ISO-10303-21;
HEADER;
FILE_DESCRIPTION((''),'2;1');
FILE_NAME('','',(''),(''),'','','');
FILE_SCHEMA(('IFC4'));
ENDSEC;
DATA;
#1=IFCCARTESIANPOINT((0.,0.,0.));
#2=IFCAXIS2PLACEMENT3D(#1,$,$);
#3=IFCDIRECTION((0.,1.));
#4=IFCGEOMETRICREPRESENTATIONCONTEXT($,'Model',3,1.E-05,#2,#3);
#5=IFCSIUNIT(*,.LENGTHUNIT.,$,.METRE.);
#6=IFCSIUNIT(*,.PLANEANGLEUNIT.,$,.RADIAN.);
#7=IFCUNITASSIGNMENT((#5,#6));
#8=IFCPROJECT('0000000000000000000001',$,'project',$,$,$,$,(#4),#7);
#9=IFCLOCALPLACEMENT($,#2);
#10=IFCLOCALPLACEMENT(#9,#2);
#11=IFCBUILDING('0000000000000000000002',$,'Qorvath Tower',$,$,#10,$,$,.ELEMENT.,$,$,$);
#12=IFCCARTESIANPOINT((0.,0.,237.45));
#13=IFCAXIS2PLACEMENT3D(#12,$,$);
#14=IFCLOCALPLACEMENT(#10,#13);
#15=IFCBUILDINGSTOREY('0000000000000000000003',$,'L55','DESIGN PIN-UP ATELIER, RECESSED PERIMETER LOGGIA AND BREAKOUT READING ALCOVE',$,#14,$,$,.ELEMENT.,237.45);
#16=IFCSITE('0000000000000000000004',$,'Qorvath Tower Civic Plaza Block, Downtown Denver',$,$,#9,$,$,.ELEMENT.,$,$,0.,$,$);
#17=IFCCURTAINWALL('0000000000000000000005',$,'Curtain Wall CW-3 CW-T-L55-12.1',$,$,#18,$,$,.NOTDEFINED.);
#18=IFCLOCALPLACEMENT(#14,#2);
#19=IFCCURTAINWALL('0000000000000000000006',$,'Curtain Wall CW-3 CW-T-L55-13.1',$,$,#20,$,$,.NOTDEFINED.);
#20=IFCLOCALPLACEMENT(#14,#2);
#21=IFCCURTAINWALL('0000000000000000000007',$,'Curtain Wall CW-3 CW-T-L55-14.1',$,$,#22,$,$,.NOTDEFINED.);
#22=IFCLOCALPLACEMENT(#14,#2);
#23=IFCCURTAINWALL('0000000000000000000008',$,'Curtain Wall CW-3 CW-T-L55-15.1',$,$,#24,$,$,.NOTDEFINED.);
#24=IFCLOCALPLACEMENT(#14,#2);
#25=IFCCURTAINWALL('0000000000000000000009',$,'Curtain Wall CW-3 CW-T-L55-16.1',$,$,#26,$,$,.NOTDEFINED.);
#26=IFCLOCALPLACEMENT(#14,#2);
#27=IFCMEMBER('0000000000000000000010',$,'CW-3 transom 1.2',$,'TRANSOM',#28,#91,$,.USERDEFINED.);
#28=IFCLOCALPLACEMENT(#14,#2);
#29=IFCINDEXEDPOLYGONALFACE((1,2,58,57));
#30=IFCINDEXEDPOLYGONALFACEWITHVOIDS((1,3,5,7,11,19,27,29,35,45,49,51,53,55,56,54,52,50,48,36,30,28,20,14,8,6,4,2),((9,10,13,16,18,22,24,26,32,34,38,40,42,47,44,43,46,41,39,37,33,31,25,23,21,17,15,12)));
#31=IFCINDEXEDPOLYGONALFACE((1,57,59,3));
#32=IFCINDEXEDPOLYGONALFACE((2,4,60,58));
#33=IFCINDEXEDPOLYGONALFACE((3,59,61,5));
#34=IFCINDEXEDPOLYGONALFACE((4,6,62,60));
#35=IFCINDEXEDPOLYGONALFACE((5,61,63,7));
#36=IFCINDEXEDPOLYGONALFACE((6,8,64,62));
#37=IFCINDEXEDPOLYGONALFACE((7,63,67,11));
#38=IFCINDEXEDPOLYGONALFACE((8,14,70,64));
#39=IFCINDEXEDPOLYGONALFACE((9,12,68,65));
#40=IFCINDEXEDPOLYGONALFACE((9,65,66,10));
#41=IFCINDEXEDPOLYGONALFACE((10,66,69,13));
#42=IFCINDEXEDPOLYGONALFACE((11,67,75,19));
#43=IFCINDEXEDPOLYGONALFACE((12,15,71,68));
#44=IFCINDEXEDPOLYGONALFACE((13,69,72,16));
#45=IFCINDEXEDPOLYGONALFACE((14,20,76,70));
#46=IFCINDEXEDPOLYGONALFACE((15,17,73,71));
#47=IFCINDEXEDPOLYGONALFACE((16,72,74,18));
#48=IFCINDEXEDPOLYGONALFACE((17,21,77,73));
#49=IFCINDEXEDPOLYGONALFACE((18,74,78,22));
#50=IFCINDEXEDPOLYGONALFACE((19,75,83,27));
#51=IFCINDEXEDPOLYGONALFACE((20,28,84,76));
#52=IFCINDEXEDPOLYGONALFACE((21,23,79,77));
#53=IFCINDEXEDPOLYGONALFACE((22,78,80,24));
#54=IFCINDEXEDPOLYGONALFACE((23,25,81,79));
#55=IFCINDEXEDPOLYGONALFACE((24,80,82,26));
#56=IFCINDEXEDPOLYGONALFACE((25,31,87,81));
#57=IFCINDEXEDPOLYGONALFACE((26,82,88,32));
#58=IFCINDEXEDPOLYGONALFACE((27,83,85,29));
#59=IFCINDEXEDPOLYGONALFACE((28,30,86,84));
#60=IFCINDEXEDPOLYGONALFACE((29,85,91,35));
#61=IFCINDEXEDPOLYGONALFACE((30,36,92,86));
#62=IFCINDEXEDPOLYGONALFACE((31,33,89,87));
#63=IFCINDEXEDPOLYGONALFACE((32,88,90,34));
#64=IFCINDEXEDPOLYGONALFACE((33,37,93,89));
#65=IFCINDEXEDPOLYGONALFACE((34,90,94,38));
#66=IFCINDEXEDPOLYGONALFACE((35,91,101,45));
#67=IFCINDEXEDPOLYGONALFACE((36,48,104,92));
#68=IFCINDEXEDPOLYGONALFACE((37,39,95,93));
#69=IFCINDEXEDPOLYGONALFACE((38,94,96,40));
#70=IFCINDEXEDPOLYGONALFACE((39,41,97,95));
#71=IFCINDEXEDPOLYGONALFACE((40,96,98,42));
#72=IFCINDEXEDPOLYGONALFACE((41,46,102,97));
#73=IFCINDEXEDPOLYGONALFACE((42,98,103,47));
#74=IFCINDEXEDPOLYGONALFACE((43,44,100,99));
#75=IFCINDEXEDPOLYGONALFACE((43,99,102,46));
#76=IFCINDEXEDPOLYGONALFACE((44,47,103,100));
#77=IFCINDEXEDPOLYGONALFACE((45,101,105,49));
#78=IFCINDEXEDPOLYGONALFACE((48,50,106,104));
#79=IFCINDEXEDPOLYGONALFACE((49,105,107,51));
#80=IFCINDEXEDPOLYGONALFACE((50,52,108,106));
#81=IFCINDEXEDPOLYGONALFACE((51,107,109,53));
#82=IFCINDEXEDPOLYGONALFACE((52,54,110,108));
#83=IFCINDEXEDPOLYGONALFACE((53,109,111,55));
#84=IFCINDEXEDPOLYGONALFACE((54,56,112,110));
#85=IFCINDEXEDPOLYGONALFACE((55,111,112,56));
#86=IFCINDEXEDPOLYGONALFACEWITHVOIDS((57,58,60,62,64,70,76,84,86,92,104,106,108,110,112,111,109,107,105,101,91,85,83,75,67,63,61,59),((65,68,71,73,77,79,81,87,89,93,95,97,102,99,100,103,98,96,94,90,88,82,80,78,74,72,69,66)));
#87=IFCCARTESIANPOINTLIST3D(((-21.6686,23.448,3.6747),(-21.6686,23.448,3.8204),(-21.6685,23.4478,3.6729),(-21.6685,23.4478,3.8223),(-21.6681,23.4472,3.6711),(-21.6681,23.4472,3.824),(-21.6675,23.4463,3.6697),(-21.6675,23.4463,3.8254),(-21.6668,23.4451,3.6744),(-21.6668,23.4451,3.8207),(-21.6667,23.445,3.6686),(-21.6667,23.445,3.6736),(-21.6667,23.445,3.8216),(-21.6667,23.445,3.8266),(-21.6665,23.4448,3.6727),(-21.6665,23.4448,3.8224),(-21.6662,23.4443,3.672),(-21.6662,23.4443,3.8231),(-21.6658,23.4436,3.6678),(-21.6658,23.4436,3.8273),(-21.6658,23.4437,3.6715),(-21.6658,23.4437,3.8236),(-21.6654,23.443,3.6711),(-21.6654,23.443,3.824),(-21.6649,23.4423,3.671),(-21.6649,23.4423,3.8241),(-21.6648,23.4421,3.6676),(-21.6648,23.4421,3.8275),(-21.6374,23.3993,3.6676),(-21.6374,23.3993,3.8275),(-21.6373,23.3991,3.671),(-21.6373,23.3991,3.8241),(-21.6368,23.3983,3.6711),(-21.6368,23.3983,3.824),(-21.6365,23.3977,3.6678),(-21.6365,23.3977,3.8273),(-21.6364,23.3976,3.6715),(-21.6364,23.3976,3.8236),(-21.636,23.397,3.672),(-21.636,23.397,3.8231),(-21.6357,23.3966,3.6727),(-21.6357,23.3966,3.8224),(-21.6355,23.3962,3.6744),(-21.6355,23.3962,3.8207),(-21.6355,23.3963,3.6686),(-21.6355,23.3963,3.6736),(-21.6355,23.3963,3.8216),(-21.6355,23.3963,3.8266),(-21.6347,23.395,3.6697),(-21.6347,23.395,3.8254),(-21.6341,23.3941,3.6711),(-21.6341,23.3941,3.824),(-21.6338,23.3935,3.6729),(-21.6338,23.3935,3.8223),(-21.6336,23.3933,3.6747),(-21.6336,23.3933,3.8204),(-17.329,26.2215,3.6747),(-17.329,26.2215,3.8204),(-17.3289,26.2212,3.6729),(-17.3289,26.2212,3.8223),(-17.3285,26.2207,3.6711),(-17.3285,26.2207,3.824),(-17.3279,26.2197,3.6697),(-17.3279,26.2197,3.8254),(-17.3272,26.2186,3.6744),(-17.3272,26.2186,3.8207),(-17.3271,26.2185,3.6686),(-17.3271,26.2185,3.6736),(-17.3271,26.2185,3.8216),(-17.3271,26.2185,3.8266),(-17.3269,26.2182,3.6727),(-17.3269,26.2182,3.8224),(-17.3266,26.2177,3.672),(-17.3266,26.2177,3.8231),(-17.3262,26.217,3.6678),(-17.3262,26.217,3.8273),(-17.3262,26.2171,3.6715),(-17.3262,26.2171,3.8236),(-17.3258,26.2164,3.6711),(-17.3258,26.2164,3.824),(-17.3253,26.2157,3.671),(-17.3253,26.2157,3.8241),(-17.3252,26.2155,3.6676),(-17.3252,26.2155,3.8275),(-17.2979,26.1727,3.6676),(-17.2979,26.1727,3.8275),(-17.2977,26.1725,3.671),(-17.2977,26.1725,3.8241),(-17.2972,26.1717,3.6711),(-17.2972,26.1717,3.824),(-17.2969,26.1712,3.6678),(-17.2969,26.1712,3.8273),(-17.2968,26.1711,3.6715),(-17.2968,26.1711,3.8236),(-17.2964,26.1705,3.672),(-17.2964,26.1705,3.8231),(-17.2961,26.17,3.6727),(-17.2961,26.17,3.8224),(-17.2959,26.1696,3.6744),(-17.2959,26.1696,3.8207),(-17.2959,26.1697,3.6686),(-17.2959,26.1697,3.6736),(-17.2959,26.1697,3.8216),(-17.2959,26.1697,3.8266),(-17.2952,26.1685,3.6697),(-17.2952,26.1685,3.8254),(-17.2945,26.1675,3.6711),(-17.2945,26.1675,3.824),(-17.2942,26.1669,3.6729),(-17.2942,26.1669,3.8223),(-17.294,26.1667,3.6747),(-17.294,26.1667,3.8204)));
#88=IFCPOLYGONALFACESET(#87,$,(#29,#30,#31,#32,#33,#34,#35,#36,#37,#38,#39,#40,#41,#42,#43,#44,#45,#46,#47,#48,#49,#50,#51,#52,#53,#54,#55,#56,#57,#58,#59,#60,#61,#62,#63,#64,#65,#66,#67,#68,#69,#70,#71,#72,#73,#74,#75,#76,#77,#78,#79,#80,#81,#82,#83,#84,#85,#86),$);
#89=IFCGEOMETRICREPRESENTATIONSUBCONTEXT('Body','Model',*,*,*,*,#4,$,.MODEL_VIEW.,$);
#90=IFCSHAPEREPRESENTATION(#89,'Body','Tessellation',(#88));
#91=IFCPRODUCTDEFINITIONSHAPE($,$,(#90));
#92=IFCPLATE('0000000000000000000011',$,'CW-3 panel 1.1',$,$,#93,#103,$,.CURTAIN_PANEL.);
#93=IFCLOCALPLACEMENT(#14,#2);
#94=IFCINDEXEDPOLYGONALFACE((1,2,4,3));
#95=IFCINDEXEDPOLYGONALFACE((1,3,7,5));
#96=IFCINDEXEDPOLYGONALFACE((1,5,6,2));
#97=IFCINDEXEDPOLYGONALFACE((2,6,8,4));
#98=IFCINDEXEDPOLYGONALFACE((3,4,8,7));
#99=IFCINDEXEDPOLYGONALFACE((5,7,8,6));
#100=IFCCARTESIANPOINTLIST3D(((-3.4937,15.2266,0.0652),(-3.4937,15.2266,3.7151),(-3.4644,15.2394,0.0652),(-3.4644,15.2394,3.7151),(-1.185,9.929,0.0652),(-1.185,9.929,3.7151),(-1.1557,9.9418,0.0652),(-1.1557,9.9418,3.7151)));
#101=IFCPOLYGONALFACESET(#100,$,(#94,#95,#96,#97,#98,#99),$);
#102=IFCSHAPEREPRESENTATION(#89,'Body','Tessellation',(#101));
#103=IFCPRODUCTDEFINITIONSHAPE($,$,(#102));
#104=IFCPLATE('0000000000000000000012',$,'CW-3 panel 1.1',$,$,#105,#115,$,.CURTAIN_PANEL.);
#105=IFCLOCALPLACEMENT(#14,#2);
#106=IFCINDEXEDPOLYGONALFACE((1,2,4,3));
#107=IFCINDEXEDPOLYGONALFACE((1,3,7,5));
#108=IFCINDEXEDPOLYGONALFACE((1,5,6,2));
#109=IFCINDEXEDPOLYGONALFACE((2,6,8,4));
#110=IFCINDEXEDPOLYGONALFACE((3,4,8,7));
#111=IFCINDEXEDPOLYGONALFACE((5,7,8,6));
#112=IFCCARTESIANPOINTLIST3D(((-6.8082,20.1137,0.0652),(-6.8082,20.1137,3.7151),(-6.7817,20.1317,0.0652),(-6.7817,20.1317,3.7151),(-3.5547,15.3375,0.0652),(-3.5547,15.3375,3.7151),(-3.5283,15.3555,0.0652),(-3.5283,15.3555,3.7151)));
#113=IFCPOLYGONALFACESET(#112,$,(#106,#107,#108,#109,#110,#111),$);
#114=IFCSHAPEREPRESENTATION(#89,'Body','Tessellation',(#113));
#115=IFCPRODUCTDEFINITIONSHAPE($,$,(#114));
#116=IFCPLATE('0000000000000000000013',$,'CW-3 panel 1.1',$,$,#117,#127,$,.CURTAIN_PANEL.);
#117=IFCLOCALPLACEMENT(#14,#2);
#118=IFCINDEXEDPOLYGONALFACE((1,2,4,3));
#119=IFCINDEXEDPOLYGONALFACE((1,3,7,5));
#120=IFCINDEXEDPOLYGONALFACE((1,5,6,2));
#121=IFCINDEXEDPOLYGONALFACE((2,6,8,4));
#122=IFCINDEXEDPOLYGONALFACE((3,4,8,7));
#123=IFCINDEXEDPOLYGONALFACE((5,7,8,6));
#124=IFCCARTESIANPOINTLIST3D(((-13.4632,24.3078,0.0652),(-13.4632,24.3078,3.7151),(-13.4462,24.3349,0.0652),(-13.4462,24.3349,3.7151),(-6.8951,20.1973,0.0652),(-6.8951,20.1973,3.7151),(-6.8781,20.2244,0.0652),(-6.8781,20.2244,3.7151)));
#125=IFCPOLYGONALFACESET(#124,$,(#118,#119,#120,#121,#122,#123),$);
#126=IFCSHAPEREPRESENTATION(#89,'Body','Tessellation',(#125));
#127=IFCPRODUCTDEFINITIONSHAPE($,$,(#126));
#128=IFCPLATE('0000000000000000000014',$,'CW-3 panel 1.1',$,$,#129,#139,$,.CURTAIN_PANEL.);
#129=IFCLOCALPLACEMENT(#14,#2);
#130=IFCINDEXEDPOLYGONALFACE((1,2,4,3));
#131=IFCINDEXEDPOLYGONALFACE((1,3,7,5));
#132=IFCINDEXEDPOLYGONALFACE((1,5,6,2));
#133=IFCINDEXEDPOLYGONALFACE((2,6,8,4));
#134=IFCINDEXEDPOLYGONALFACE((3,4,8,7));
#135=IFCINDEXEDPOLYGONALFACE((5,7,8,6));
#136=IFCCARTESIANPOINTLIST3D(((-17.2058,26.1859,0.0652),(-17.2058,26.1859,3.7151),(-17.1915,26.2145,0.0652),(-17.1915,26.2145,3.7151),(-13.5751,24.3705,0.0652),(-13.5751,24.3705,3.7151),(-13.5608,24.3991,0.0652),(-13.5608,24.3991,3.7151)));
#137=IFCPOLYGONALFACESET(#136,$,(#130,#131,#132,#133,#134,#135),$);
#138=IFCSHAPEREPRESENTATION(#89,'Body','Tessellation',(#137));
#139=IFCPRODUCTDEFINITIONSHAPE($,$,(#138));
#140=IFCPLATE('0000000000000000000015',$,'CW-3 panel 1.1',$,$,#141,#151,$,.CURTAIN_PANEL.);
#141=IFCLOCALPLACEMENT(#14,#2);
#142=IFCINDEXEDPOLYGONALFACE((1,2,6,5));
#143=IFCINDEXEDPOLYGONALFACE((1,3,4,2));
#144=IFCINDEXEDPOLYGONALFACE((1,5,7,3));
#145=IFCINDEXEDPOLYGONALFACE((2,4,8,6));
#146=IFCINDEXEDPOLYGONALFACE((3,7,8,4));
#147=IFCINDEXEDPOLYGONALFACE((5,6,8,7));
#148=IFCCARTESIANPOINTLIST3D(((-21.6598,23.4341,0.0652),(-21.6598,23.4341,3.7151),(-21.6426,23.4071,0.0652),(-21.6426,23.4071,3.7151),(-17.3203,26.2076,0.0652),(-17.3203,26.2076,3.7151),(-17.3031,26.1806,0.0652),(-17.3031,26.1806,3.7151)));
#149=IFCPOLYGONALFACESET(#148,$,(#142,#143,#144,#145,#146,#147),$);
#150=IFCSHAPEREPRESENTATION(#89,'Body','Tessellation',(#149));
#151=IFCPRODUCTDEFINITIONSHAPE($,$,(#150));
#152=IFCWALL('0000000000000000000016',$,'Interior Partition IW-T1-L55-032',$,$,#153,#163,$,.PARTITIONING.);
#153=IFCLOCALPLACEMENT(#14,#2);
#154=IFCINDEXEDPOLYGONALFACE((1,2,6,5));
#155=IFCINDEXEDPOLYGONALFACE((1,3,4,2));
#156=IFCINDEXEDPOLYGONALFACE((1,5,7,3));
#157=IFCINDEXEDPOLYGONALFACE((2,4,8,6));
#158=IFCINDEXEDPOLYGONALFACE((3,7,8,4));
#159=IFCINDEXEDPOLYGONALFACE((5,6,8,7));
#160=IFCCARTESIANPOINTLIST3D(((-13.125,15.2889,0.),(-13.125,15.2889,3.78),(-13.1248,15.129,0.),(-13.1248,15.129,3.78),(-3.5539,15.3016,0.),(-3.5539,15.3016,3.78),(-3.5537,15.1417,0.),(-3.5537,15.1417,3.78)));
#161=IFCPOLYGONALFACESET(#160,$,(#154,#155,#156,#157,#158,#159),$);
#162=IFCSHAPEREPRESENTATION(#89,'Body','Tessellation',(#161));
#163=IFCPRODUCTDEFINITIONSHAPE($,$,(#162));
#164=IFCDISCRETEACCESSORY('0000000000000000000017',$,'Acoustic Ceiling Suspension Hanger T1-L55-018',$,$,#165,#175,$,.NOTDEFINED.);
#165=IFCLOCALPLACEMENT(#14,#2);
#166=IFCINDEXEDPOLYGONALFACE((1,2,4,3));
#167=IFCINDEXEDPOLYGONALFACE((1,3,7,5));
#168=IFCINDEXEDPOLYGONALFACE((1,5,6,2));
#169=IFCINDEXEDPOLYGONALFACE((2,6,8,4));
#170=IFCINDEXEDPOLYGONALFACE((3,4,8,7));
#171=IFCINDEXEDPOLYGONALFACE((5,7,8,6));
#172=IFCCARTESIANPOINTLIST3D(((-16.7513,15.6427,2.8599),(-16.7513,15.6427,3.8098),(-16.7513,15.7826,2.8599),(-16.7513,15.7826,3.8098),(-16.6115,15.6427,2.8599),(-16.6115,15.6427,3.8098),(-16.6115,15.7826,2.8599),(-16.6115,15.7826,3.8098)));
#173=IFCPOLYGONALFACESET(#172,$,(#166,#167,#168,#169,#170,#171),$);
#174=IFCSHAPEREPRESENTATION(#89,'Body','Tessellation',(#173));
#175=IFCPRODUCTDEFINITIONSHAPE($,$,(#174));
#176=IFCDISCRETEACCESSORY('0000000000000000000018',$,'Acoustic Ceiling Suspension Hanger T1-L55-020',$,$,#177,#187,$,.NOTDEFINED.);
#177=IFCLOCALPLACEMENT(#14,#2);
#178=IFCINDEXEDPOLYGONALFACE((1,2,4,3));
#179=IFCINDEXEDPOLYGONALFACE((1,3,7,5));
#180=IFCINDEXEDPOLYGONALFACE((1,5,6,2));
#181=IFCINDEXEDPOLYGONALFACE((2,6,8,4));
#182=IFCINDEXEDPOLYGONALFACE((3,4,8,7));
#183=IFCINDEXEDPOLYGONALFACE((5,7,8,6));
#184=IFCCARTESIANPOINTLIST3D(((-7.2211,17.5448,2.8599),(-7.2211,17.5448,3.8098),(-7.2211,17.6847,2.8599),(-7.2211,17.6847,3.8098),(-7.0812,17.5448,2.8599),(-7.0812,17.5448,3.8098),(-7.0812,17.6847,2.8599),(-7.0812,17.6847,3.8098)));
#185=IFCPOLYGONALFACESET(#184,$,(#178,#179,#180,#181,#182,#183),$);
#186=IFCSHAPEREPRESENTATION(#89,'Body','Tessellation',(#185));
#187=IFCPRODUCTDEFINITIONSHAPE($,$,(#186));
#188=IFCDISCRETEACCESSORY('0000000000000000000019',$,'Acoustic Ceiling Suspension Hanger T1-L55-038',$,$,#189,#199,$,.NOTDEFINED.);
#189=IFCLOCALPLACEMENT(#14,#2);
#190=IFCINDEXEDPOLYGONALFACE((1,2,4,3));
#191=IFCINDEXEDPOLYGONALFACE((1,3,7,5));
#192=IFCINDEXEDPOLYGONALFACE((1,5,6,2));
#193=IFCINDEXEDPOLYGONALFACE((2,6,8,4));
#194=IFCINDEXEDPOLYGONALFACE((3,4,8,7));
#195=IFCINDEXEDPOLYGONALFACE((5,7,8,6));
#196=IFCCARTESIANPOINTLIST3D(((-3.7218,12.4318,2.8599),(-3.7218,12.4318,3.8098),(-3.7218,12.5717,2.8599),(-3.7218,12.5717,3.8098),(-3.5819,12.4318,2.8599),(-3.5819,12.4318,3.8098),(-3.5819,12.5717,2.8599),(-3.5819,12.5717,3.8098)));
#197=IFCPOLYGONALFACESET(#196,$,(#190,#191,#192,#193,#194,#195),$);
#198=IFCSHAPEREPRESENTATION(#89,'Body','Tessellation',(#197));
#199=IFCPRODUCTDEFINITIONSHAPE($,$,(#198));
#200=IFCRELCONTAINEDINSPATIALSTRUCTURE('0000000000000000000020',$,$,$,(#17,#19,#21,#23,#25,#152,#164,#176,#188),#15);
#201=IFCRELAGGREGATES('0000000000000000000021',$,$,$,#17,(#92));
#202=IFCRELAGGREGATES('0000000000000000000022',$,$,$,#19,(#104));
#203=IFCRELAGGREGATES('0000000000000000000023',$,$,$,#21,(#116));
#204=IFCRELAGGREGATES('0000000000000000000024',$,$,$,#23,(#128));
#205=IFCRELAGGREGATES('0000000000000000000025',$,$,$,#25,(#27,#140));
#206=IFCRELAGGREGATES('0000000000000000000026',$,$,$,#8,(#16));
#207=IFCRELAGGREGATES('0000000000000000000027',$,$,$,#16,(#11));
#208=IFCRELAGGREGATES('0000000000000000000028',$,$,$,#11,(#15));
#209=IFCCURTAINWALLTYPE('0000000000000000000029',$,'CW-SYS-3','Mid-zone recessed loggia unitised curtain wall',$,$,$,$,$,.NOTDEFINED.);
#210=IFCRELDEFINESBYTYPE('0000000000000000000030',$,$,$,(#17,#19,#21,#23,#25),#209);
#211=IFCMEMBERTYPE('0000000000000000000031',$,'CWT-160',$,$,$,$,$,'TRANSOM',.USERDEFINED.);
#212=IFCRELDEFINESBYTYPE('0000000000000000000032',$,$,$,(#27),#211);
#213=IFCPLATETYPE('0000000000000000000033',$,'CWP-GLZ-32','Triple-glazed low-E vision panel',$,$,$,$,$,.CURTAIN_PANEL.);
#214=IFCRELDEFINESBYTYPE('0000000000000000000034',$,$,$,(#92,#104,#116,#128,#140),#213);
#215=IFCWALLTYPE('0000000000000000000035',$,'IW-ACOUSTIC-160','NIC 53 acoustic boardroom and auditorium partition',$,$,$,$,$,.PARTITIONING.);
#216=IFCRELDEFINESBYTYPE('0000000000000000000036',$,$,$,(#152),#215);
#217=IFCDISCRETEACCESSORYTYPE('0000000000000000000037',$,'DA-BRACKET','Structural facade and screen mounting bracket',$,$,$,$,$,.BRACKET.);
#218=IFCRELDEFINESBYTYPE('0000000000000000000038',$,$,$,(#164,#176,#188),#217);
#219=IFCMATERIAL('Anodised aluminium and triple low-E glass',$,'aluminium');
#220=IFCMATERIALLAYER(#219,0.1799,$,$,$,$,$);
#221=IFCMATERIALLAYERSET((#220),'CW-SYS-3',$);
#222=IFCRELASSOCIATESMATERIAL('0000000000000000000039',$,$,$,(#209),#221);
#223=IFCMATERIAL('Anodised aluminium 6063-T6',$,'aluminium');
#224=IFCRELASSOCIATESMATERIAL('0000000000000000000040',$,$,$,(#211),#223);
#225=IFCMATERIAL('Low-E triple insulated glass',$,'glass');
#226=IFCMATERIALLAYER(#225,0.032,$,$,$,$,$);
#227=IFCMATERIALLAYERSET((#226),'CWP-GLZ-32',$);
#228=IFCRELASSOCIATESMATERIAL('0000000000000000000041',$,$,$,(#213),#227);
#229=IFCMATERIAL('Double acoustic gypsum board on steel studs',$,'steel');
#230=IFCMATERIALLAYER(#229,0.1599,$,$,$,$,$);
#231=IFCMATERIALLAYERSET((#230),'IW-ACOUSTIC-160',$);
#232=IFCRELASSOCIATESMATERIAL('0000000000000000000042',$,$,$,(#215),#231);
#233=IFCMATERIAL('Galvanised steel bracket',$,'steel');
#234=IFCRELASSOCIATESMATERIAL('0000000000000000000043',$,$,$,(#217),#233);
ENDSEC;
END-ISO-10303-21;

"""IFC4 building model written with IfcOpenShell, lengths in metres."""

from ifc_helpers import new_model, si_unit, direction, frame, frame_2d, origin, origin_2d, place, context, subcontext, project, spatial, rectangle, hollow_rectangle, extrude, material, layer, layer_set, material_profile, profile_set, type_object, element, aggregate, save


model = new_model("IFC4")

# Units and contexts
model_context = context("Model", 3, precision=1e-05, world=origin(), true_north=direction((0.0, 1.0)))
body_context = subcontext(model_context, "Body", "Model", "MODEL_VIEW")
ifc_project = project(units=[si_unit("LENGTHUNIT", "METRE"), si_unit("PLANEANGLEUNIT", "RADIAN")], contexts=[model_context])

# Site, building, storey
site_placement = place(None, origin())
site = spatial("IfcSite", under=ifc_project, at=site_placement, Name="Qorvath Tower Civic Plaza Block, Downtown Denver", CompositionType="ELEMENT", RefElevation=0.0)
building_placement = place(site_placement, origin())
building = spatial("IfcBuilding", under=site, at=building_placement, Name="Qorvath Tower", CompositionType="ELEMENT")
storey_placement = place(building_placement, frame((0.0, 0.0, 237.45)))
storey = spatial("IfcBuildingStorey", under=building, at=storey_placement, Name="L55", Description="DESIGN PIN-UP ATELIER, RECESSED PERIMETER LOGGIA AND BREAKOUT READING ALCOVE", CompositionType="ELEMENT", Elevation=237.45)

# Curtain wall
ifc_material_1 = material(Name="Anodised aluminium and triple low-E glass", Category="aluminium")
ifc_layer_1 = layer(ifc_material_1, 0.1799)
ifc_layer_set_1 = layer_set([ifc_layer_1], Name="CW-SYS-3")
curtain_wall_type = type_object("IfcCurtainWallType", Name="CW-SYS-3", Description="Mid-zone recessed loggia unitised curtain wall", PredefinedType="NOTDEFINED", material=ifc_layer_set_1)
curtain_wall_1_placement = place(storey_placement, origin())
curtain_wall_1 = element("IfcCurtainWall", 1, at=curtain_wall_1_placement, inside=storey, type_object=curtain_wall_type, Name="Curtain Wall CW-3 CW-T-L55-12.1", PredefinedType="NOTDEFINED")

# Curtain walls
curtain_wall_2_placement = place(storey_placement, origin())
curtain_wall_2 = element("IfcCurtainWall", 2, at=curtain_wall_2_placement, inside=storey, type_object=curtain_wall_type, Name="Curtain Wall CW-3 CW-T-L55-13.1", PredefinedType="NOTDEFINED")
curtain_wall_3_placement = place(storey_placement, origin())
curtain_wall_3 = element("IfcCurtainWall", 3, at=curtain_wall_3_placement, inside=storey, type_object=curtain_wall_type, Name="Curtain Wall CW-3 CW-T-L55-14.1", PredefinedType="NOTDEFINED")
curtain_wall_4_placement = place(storey_placement, origin())
curtain_wall_4 = element("IfcCurtainWall", 4, at=curtain_wall_4_placement, inside=storey, type_object=curtain_wall_type, Name="Curtain Wall CW-3 CW-T-L55-15.1", PredefinedType="NOTDEFINED")

# Curtain wall
curtain_wall_5_placement = place(storey_placement, origin())
curtain_wall_5 = element("IfcCurtainWall", 5, at=curtain_wall_5_placement, inside=storey, type_object=curtain_wall_type, Name="Curtain Wall CW-3 CW-T-L55-16.1", PredefinedType="NOTDEFINED")

# Member
ifc_material_2 = material(Name="Anodised aluminium 6063-T6", Category="aluminium")
ifc_material_profile_1 = material_profile(ifc_material_2, hollow_rectangle(XDim=0.0649, YDim=0.1599, WallThickness=0.0034, InnerFilletRadius=0.0034, OuterFilletRadius=0.0071, at=origin_2d()), Name="CWT 160x65")
ifc_profile_set_1 = profile_set([ifc_material_profile_1], Name="Anodised aluminium 6063-T6")
member_type_1 = type_object("IfcMemberType", Name="CWT-160", ElementType="TRANSOM", PredefinedType="USERDEFINED", material=ifc_profile_set_1)
member_1_placement = place(storey_placement, frame((-17.3115, 26.1941, 3.7476), z_axis=(-0.842616, -0.538516, 0.0), x_axis=(0.538516, -0.842616, 0.0)))
member_1 = element("IfcMember", 6, at=member_1_placement, type_object=member_type_1, Name="CW-3 transom 1.2", ObjectType="TRANSOM", PredefinedType="USERDEFINED", context=body_context, shape_type="SweptSolid", body=[
    extrude(hollow_rectangle(XDim=0.0649, YDim=0.1599, WallThickness=0.0034, InnerFilletRadius=0.0034, OuterFilletRadius=0.0071, at=origin_2d()), origin(), (0.0, 0.0, 1.0), 5.1501),
])

# Plates
ifc_material_3 = material(Name="Low-E triple insulated glass", Category="glass")
ifc_layer_2 = layer(ifc_material_3, 0.032)
ifc_layer_set_2 = layer_set([ifc_layer_2], Name="CWP-GLZ-32")
plate_type = type_object("IfcPlateType", Name="CWP-GLZ-32", Description="Triple-glazed low-E vision panel", PredefinedType="CURTAIN_PANEL", material=ifc_layer_set_2)
plate_1_placement = place(storey_placement, frame((-2.3247, 12.5842, 0.0652), z_axis=(0.0, 0.0, 1.0), x_axis=(-0.399511, 0.916729, 0.0)))
plate_1 = element("IfcPlate", 7, at=plate_1_placement, type_object=plate_type, Name="CW-3 panel 1.1", PredefinedType="CURTAIN_PANEL", context=body_context, shape_type="SweptSolid", body=[
    extrude(rectangle(XDim=5.7788, YDim=0.032, at=origin_2d()), origin(), (0.0, 0.0, 1.0), 3.6499),
])
aggregate(curtain_wall_1, [plate_1])
plate_2_placement = place(storey_placement, frame((-5.1682, 17.7346, 0.0652), z_axis=(0.0, 0.0, 1.0), x_axis=(-0.562975, 0.826474, 0.0)))
plate_2 = element("IfcPlate", 8, at=plate_2_placement, type_object=plate_type, Name="CW-3 panel 1.1", PredefinedType="CURTAIN_PANEL", context=body_context, shape_type="SweptSolid", body=[
    extrude(rectangle(XDim=5.7791, YDim=0.032, at=origin_2d()), origin(), (0.0, 0.0, 1.0), 3.6499),
])
aggregate(curtain_wall_2, [plate_2])
plate_3_placement = place(storey_placement, frame((-10.1707, 22.2661, 0.0652), z_axis=(0.0, 0.0, 1.0), x_axis=(-0.847687, 0.530497, 0.0)))
plate_3 = element("IfcPlate", 9, at=plate_3_placement, type_object=plate_type, Name="CW-3 panel 1.1", PredefinedType="CURTAIN_PANEL", context=body_context, shape_type="SweptSolid", body=[
    extrude(rectangle(XDim=7.7483, YDim=0.032, at=origin_2d()), origin(), (0.0, 0.0, 1.0), 3.6499),
])
aggregate(curtain_wall_3, [plate_3])
plate_4_placement = place(storey_placement, frame((-15.3833, 25.2925, 0.0652), z_axis=(0.0, 0.0, 1.0), x_axis=(-0.894427, 0.447214, 0.0)))
plate_4 = element("IfcPlate", 10, at=plate_4_placement, type_object=plate_type, Name="CW-3 panel 1.1", PredefinedType="CURTAIN_PANEL", context=body_context, shape_type="SweptSolid", body=[
    extrude(rectangle(XDim=4.0593, YDim=0.032, at=origin_2d()), origin(), (0.0, 0.0, 1.0), 3.6499),
])
aggregate(curtain_wall_4, [plate_4])
plate_5_placement = place(storey_placement, frame((-19.4814, 24.8074, 0.0652), z_axis=(0.0, 0.0, 1.0), x_axis=(-0.842607, -0.538529, 0.0)))
plate_5 = element("IfcPlate", 11, at=plate_5_placement, type_object=plate_type, Name="CW-3 panel 1.1", PredefinedType="CURTAIN_PANEL", context=body_context, shape_type="SweptSolid", body=[
    extrude(rectangle(XDim=5.1501, YDim=0.032, at=origin_2d()), origin(), (0.0, 0.0, 1.0), 3.6499),
])
aggregate(curtain_wall_5, [member_1, plate_5])

# Wall
ifc_material_4 = material(Name="Double acoustic gypsum board on steel studs", Category="steel")
ifc_layer_3 = layer(ifc_material_4, 0.1599)
ifc_layer_set_3 = layer_set([ifc_layer_3], Name="IW-ACOUSTIC-160")
wall_type = type_object("IfcWallType", Name="IW-ACOUSTIC-160", Description="NIC 53 acoustic boardroom and auditorium partition", PredefinedType="PARTITIONING", material=ifc_layer_set_3)
wall_placement = place(storey_placement, frame((-13.125, 15.209, 0.0), z_axis=(0.0, 0.0, 1.0), x_axis=(0.999999, 0.001326, 0.0)))
element("IfcWall", 12, at=wall_placement, inside=storey, type_object=wall_type, Name="Interior Partition IW-T1-L55-032", PredefinedType="PARTITIONING", context=body_context, shape_type="SweptSolid", body=[
    extrude(rectangle(XDim=9.571, YDim=0.1599, at=frame_2d((4.7856, 0.0))), origin(), (0.0, 0.0, 1.0), 3.78),
])

# Discrete accessories
ifc_material_5 = material(Name="Galvanised steel bracket", Category="steel")
discrete_accessory_type = type_object("IfcDiscreteAccessoryType", Name="DA-BRACKET", Description="Structural facade and screen mounting bracket", PredefinedType="BRACKET", material=ifc_material_5)
for number, where, z_axis, x_axis, name in (
    (13, (-16.6814, 15.7126, 2.8599), (0.0, 0.0, 1.0), (1.0, 0.0, 0.0), "Acoustic Ceiling Suspension Hanger T1-L55-018"),
    (14, (-7.1511, 17.6147, 2.8599), (0.0, 0.0, 1.0), (1.0, 0.0, 0.0), "Acoustic Ceiling Suspension Hanger T1-L55-020"),
    (15, (-3.6519, 12.5017, 2.8599), (0.0, 0.0, 1.0), (1.0, 0.0, 0.0), "Acoustic Ceiling Suspension Hanger T1-L55-038"),
):
    element("IfcDiscreteAccessory", number, at=place(storey_placement, frame(where, z_axis=z_axis, x_axis=x_axis)), inside=storey, type_object=discrete_accessory_type, Name=name, PredefinedType="NOTDEFINED", context=body_context, shape_type="SweptSolid", body=[
        extrude(rectangle(XDim=0.1399, YDim=0.1399, at=origin_2d()), origin(), (0.0, 0.0, 1.0), 0.95),
    ])

save(model, "model.ifc")
